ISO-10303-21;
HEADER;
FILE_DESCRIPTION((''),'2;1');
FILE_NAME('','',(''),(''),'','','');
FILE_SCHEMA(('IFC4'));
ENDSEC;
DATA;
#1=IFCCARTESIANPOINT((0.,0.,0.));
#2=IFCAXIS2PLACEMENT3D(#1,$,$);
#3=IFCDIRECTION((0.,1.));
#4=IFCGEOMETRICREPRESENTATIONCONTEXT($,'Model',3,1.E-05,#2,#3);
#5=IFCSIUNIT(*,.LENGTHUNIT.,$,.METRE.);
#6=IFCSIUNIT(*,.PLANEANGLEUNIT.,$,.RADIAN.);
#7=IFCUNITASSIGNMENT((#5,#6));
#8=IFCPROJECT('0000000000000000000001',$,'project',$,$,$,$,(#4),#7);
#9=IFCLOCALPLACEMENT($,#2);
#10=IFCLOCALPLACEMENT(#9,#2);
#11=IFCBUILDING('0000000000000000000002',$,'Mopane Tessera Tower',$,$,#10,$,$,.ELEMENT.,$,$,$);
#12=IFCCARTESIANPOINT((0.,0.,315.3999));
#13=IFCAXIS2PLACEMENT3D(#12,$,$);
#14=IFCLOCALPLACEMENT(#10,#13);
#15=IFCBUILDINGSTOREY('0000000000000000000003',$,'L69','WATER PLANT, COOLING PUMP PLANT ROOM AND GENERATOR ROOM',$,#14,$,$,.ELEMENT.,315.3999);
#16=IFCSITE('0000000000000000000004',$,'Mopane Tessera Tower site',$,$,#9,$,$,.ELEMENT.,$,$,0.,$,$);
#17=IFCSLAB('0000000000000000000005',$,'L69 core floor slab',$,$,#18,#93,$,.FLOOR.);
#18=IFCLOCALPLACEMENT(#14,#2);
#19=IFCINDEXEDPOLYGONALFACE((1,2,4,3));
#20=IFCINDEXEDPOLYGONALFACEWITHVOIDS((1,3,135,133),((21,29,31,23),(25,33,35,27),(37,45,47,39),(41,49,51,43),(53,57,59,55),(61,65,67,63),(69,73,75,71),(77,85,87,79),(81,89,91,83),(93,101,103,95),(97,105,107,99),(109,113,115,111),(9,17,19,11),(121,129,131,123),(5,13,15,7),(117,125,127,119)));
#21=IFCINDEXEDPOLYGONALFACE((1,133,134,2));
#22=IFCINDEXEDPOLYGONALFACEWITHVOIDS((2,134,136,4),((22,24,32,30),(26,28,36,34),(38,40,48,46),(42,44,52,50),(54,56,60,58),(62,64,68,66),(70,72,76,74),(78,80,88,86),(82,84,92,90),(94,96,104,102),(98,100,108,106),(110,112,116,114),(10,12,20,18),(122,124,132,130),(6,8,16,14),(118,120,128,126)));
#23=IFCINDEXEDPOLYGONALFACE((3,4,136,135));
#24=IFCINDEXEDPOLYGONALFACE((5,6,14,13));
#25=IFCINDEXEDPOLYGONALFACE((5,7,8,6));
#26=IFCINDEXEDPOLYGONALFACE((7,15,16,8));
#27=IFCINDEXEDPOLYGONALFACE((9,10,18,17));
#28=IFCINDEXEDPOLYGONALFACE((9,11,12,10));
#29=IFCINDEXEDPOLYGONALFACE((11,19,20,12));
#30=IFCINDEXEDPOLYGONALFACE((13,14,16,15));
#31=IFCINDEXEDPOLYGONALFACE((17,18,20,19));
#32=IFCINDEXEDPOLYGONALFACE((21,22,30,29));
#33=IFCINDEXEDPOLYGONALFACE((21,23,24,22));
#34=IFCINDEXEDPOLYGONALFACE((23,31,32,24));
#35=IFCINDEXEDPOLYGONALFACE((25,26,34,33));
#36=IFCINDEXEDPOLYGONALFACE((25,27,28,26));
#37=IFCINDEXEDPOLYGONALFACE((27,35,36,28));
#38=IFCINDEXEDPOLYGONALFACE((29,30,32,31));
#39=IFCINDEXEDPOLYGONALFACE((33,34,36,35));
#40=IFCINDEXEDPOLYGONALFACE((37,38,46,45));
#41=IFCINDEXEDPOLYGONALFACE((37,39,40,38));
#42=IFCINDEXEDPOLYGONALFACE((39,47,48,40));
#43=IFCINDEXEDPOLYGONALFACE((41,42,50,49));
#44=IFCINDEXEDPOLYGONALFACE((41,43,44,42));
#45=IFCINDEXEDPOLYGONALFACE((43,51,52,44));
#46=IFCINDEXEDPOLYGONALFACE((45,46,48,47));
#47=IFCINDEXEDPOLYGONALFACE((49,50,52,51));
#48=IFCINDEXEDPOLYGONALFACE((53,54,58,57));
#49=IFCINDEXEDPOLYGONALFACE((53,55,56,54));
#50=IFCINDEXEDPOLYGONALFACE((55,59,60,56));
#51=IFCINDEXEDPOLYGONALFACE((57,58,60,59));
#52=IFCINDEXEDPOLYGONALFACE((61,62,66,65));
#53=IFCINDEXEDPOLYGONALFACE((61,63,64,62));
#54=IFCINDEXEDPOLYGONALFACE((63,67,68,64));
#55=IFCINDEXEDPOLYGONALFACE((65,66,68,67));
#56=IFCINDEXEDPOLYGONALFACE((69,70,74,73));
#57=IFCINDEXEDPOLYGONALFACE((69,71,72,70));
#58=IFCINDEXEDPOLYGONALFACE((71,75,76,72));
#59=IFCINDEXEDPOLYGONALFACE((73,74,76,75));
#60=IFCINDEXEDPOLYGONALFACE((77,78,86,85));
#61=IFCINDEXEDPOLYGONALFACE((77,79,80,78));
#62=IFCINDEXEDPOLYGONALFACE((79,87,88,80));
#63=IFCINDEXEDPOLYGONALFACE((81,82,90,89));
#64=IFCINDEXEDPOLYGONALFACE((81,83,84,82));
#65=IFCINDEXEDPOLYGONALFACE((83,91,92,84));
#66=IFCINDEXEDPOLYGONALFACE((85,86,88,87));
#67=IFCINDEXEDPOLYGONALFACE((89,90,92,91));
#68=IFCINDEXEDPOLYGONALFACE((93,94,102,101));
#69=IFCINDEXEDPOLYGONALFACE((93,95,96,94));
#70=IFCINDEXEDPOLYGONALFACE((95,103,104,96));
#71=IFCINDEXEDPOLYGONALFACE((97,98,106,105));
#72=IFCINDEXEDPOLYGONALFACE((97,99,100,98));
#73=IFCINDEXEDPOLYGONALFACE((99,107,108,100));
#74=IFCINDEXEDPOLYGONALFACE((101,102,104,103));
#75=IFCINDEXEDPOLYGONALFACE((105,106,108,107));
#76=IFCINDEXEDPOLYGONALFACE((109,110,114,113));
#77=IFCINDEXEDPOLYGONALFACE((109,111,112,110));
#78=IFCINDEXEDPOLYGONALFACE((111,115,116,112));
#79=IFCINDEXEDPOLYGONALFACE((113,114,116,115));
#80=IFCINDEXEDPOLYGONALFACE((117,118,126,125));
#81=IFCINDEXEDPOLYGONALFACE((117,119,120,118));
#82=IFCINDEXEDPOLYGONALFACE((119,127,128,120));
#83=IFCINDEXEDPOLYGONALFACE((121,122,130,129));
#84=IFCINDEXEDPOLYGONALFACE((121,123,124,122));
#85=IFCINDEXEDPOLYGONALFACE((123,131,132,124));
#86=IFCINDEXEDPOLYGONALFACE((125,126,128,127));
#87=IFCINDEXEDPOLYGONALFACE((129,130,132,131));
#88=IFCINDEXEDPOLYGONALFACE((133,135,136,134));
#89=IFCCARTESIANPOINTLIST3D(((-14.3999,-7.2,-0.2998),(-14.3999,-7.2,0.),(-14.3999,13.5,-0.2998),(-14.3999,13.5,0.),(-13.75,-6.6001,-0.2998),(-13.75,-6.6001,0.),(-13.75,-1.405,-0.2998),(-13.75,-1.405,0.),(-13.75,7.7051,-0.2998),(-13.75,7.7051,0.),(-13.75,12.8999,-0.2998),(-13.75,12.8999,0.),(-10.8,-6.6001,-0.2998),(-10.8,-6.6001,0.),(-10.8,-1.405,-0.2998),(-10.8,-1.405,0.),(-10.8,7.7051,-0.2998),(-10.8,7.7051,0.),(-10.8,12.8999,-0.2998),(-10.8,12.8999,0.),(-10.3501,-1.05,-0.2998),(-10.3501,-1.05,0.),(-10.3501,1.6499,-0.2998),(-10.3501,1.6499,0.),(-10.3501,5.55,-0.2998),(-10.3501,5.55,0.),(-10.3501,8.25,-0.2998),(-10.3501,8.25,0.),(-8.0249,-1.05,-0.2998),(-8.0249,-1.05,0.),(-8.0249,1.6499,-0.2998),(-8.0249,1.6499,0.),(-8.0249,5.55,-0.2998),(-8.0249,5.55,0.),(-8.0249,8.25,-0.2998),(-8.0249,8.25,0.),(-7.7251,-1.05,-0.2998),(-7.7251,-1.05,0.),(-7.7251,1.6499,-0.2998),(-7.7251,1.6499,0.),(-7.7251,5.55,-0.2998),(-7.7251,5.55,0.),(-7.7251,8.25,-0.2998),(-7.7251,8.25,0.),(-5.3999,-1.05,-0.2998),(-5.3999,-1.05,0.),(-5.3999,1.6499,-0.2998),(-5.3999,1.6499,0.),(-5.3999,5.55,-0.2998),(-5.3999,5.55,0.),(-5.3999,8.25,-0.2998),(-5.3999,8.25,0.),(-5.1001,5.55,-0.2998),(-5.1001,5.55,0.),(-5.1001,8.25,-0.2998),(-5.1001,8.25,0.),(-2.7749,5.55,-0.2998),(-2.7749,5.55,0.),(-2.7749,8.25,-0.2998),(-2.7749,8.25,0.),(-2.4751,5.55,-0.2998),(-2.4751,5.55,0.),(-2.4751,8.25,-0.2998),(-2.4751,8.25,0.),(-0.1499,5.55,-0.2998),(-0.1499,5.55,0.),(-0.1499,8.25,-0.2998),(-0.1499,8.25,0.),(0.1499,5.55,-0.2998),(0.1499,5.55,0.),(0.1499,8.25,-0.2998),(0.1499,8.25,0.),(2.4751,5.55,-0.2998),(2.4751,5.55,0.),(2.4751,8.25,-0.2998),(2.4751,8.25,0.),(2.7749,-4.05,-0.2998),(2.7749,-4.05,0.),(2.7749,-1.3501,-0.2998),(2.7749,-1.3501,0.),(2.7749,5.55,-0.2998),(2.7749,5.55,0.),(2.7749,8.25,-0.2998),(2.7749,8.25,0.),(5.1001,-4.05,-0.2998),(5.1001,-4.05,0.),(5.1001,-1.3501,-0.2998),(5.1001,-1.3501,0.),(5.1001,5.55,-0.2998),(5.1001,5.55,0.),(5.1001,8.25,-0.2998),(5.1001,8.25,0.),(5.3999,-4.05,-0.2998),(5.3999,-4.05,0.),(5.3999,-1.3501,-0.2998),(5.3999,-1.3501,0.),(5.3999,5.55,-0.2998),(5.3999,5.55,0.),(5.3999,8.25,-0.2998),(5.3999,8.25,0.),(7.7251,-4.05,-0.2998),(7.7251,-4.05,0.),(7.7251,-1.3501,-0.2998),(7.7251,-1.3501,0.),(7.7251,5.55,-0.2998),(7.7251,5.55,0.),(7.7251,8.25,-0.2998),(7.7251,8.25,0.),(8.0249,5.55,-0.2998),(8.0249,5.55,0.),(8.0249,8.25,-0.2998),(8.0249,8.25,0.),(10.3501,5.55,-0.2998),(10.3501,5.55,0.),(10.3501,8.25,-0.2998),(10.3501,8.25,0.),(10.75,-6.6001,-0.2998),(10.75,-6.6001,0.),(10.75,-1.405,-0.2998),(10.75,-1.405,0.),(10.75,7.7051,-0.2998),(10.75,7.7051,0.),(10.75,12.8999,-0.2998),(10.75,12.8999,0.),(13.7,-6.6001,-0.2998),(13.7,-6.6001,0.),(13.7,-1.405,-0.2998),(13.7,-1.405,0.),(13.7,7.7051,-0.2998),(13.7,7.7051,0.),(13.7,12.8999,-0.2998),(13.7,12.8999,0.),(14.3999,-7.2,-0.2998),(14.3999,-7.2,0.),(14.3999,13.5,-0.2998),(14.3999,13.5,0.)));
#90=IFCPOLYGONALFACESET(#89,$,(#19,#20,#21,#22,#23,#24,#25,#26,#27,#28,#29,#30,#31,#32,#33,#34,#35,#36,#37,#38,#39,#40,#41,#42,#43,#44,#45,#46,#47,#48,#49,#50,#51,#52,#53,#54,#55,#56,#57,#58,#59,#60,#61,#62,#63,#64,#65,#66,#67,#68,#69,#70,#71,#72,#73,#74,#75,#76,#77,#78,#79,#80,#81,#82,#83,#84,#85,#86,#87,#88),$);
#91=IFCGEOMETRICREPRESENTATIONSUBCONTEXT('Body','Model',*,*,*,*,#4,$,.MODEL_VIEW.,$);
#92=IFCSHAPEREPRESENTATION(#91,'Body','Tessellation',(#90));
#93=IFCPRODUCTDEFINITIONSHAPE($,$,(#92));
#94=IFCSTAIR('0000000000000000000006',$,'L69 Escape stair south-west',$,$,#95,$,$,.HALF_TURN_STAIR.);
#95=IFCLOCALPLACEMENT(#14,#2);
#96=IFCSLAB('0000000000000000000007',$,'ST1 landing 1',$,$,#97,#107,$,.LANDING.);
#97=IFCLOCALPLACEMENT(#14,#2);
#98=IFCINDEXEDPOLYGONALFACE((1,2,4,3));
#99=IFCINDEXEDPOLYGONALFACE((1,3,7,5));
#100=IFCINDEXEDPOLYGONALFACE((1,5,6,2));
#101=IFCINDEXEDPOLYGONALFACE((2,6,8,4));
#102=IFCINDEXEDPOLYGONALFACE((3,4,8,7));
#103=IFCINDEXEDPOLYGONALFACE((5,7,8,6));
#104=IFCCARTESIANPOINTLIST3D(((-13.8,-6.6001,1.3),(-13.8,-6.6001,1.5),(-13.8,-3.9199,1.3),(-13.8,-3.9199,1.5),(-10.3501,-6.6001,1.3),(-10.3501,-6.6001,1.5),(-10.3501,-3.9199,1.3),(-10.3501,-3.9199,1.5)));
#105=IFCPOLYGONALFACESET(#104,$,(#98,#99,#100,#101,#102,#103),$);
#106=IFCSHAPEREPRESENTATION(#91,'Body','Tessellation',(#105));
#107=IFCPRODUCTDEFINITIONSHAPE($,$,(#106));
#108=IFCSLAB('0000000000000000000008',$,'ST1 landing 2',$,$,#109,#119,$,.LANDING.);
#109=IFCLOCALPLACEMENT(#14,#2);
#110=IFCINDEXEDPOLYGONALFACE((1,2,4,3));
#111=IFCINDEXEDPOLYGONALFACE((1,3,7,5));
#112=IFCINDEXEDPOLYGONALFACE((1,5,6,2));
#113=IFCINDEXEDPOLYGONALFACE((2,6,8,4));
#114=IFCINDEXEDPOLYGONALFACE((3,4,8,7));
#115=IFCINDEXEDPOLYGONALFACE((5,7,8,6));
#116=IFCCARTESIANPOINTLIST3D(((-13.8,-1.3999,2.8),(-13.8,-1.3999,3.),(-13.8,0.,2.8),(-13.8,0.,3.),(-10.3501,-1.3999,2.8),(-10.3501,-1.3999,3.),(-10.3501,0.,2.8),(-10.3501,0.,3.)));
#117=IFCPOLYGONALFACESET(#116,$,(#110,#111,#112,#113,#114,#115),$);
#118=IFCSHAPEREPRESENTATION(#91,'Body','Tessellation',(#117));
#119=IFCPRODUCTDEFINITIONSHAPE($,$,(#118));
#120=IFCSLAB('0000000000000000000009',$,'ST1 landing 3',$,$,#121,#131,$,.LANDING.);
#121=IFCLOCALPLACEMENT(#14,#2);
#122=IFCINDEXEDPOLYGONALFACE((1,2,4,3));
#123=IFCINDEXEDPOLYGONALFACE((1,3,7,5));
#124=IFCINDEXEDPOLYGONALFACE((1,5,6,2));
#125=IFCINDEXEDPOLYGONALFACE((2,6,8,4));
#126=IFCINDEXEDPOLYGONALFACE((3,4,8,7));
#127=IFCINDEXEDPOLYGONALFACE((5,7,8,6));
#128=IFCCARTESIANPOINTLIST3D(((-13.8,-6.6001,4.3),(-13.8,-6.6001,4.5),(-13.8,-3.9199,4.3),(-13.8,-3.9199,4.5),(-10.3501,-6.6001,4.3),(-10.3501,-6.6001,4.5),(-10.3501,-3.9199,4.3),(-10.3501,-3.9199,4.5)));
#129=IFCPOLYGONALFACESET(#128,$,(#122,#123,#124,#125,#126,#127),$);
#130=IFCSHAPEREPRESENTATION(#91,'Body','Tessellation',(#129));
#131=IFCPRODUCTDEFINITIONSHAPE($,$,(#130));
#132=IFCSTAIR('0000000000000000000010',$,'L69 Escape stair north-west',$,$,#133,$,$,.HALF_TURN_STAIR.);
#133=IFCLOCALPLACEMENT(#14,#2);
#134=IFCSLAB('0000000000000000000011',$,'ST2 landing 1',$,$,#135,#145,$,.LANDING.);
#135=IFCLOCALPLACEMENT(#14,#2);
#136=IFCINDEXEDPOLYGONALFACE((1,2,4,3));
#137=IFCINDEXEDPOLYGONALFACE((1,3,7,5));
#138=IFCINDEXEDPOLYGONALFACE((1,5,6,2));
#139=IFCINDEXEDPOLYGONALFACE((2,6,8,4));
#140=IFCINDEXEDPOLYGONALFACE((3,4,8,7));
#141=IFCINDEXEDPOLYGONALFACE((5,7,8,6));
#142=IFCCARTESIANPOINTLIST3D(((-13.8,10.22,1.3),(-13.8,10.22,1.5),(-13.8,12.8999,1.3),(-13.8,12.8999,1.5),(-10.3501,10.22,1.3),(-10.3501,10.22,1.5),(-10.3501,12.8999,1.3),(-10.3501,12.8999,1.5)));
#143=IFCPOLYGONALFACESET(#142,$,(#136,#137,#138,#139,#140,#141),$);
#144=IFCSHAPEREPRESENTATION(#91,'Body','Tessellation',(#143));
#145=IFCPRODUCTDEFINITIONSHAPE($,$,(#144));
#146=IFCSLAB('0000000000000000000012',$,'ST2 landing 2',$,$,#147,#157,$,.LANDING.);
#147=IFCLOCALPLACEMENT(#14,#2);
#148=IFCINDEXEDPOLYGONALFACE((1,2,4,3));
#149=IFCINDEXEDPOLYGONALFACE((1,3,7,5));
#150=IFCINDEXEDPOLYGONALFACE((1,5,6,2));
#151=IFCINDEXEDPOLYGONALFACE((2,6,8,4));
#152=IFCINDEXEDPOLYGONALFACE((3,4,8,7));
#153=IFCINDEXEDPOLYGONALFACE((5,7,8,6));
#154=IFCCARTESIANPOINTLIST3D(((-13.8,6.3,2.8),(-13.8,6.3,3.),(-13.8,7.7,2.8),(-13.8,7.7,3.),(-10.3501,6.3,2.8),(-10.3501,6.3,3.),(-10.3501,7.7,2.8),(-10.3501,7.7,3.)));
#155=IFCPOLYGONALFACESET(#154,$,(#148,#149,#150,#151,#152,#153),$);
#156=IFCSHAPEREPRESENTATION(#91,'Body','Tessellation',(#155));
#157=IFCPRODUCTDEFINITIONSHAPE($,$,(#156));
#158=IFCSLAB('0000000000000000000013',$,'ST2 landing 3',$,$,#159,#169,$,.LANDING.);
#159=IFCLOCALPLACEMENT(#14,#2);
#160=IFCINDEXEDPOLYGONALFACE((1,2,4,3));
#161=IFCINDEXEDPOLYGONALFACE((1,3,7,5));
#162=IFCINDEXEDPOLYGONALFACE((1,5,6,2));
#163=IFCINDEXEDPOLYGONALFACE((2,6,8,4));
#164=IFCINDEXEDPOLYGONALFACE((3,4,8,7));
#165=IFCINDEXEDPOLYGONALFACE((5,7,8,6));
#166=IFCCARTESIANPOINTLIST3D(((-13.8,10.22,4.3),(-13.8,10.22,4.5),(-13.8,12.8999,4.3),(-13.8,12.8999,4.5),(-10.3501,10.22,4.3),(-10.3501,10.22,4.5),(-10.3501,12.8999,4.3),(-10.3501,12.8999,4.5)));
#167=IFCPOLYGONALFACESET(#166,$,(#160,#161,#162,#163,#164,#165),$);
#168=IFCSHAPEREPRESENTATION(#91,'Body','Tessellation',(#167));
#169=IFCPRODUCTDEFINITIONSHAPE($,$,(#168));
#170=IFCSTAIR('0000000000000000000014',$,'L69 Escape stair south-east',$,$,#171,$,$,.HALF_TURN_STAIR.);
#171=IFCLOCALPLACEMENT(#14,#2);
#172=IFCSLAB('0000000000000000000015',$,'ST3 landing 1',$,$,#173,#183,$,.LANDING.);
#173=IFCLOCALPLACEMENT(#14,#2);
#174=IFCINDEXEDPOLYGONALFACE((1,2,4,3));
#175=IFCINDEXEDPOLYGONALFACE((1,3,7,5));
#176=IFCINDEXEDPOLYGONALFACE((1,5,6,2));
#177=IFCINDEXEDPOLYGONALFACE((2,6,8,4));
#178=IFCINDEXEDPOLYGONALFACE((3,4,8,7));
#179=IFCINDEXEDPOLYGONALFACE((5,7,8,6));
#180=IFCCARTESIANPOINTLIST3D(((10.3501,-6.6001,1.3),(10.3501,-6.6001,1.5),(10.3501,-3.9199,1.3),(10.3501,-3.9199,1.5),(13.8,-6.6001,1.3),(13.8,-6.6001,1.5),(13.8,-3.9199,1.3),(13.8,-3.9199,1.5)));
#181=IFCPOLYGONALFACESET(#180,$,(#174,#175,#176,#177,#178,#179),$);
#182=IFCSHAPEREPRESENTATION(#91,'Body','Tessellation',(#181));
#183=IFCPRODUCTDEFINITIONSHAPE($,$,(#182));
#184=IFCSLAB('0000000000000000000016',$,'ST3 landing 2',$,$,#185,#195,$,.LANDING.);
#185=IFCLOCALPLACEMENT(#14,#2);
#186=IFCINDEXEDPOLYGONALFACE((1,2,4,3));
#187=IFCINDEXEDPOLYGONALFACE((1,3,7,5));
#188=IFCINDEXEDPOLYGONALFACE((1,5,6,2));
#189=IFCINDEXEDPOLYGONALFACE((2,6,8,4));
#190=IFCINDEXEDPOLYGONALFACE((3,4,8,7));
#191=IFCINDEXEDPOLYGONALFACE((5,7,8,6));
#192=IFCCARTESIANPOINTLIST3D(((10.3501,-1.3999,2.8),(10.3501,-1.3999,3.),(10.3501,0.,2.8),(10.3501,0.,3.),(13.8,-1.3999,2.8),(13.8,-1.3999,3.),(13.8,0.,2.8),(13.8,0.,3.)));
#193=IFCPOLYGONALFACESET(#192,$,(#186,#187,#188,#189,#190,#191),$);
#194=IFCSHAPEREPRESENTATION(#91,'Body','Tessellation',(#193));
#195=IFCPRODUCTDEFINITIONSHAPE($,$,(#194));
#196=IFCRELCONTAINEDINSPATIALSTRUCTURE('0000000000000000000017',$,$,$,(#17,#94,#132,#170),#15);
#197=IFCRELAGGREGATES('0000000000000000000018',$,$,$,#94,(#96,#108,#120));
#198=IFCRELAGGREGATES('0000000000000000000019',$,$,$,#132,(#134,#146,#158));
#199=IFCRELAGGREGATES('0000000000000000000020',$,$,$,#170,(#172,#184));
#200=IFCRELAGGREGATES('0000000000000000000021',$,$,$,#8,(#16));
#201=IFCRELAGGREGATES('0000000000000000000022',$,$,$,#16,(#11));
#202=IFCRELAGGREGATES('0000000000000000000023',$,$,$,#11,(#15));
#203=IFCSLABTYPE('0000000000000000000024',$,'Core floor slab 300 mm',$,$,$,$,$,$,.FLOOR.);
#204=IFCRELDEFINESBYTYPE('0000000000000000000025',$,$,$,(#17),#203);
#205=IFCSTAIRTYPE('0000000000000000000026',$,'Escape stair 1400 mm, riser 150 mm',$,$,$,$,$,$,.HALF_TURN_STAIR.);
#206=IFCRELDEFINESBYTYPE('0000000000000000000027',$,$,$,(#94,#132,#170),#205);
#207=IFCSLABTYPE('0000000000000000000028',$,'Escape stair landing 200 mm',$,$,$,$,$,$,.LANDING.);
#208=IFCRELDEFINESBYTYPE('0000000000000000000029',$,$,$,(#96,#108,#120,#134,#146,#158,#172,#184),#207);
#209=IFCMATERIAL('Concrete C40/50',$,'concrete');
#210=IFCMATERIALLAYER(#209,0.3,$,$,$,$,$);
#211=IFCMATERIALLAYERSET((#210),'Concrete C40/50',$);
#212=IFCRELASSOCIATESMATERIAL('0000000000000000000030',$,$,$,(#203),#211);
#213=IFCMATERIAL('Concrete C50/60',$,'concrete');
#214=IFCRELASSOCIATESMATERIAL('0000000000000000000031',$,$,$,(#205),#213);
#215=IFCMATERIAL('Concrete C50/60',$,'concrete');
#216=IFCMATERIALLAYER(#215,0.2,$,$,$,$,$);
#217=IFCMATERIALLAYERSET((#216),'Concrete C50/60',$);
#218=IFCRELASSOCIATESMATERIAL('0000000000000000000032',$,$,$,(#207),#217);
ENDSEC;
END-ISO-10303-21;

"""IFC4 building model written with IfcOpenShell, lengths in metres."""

from ifc_helpers import new_model, si_unit, direction, frame, origin, place, context, subcontext, project, spatial, polyline, outline, extrude, material, layer, layer_set, type_object, element, aggregate, save


model = new_model("IFC4")

# Units and contexts
model_context = context("Model", 3, precision=1e-05, world=origin(), true_north=direction((0.0, 1.0)))
body_context = subcontext(model_context, "Body", "Model", "MODEL_VIEW")
ifc_project = project(units=[si_unit("LENGTHUNIT", "METRE"), si_unit("PLANEANGLEUNIT", "RADIAN")], contexts=[model_context])

# Site, building, storey
site_placement = place(None, origin())
site = spatial("IfcSite", under=ifc_project, at=site_placement, Name="Mopane Tessera Tower site", CompositionType="ELEMENT", RefElevation=0.0)
building_placement = place(site_placement, origin())
building = spatial("IfcBuilding", under=site, at=building_placement, Name="Mopane Tessera Tower", CompositionType="ELEMENT")
storey_placement = place(building_placement, frame((0.0, 0.0, 315.3999)))
storey = spatial("IfcBuildingStorey", under=building, at=storey_placement, Name="L69", Description="WATER PLANT, COOLING PUMP PLANT ROOM AND GENERATOR ROOM", CompositionType="ELEMENT", Elevation=315.3999)

# Slab
ifc_material_1 = material(Name="Concrete C40/50", Category="concrete")
ifc_layer_1 = layer(ifc_material_1, 0.3)
ifc_layer_set_1 = layer_set([ifc_layer_1], Name="Concrete C40/50")
slab_type_1 = type_object("IfcSlabType", Name="Core floor slab 300 mm", PredefinedType="FLOOR", material=ifc_layer_set_1)
slab_1_placement = place(storey_placement, frame((0.0, 0.0, -0.2998)))
element("IfcSlab", 1, at=slab_1_placement, inside=storey, type_object=slab_type_1, Name="L69 core floor slab", PredefinedType="FLOOR", context=body_context, shape_type="SweptSolid", body=[
    extrude(outline(polyline([(-14.3999, -7.2), (14.3999, -7.2), (14.3999, 13.5), (-14.3999, 13.5), (-14.3999, -7.2)]), holes=[polyline([(-10.3501, -1.05), (-8.0249, -1.05), (-8.0249, 1.6499), (-10.3501, 1.6499), (-10.3501, -1.05)]), polyline([(-7.7251, -1.05), (-5.3999, -1.05), (-5.3999, 1.6499), (-7.7251, 1.6499), (-7.7251, -1.05)]), polyline([(-10.3501, 5.55), (-8.0249, 5.55), (-8.0249, 8.25), (-10.3501, 8.25), (-10.3501, 5.55)]), polyline([(-7.7251, 5.55), (-5.3999, 5.55), (-5.3999, 8.25), (-7.7251, 8.25), (-7.7251, 5.55)]), polyline([(-5.1001, 5.55), (-2.7749, 5.55), (-2.7749, 8.25), (-5.1001, 8.25), (-5.1001, 5.55)]), polyline([(-2.4751, 5.55), (-0.1499, 5.55), (-0.1499, 8.25), (-2.4751, 8.25), (-2.4751, 5.55)]), polyline([(0.1499, 5.55), (2.4751, 5.55), (2.4751, 8.25), (0.1499, 8.25), (0.1499, 5.55)]), polyline([(2.7749, 5.55), (5.1001, 5.55), (5.1001, 8.25), (2.7749, 8.25), (2.7749, 5.55)]), polyline([(5.3999, 5.55), (7.7251, 5.55), (7.7251, 8.25), (5.3999, 8.25), (5.3999, 5.55)]), polyline([(8.0249, 5.55), (10.3501, 5.55), (10.3501, 8.25), (8.0249, 8.25), (8.0249, 5.55)]), polyline([(2.7749, -4.05), (5.1001, -4.05), (5.1001, -1.3501), (2.7749, -1.3501), (2.7749, -4.05)]), polyline([(5.3999, -4.05), (7.7251, -4.05), (7.7251, -1.3501), (5.3999, -1.3501), (5.3999, -4.05)]), polyline([(-13.75, -1.405), (-13.75, -6.6001), (-10.8, -6.6001), (-10.8, -1.405), (-13.75, -1.405)]), polyline([(-10.8, 7.7051), (-10.8, 12.8999), (-13.75, 12.8999), (-13.75, 7.7051), (-10.8, 7.7051)]), polyline([(10.75, -1.405), (10.75, -6.6001), (13.7, -6.6001), (13.7, -1.405), (10.75, -1.405)]), polyline([(13.7, 7.7051), (13.7, 12.8999), (10.75, 12.8999), (10.75, 7.7051), (13.7, 7.7051)])]), origin(), (0.0, 0.0, 1.0), 0.2998),
])

# Stairs, slabs
ifc_material_2 = material(Name="Concrete C50/60", Category="concrete")
stair_type = type_object("IfcStairType", Name="Escape stair 1400 mm, riser 150 mm", PredefinedType="HALF_TURN_STAIR", material=ifc_material_2)
stair_1_placement = place(storey_placement, origin())
stair_1 = element("IfcStair", 2, at=stair_1_placement, inside=storey, type_object=stair_type, Name="L69 Escape stair south-west", PredefinedType="HALF_TURN_STAIR")
ifc_material_3 = material(Name="Concrete C50/60", Category="concrete")
ifc_layer_2 = layer(ifc_material_3, 0.2)
ifc_layer_set_2 = layer_set([ifc_layer_2], Name="Concrete C50/60")
slab_type_2 = type_object("IfcSlabType", Name="Escape stair landing 200 mm", PredefinedType="LANDING", material=ifc_layer_set_2)
slab_2_placement = place(storey_placement, frame((0.0, 0.0, 1.3)))
slab_2 = element("IfcSlab", 3, at=slab_2_placement, type_object=slab_type_2, Name="ST1 landing 1", PredefinedType="LANDING", context=body_context, shape_type="SweptSolid", body=[
    extrude(outline(polyline([(-13.8, -3.9199), (-13.8, -6.6001), (-10.3501, -6.6001), (-10.3501, -3.9199), (-13.8, -3.9199)])), origin(), (0.0, 0.0, 1.0), 0.2),
])
slab_3_placement = place(storey_placement, frame((0.0, 0.0, 2.8)))
slab_3 = element("IfcSlab", 4, at=slab_3_placement, type_object=slab_type_2, Name="ST1 landing 2", PredefinedType="LANDING", context=body_context, shape_type="SweptSolid", body=[
    extrude(outline(polyline([(-13.8, 0.0), (-13.8, -1.3999), (-10.3501, -1.3999), (-10.3501, 0.0), (-13.8, 0.0)])), origin(), (0.0, 0.0, 1.0), 0.2),
])
slab_4_placement = place(storey_placement, frame((0.0, 0.0, 4.3)))
slab_4 = element("IfcSlab", 5, at=slab_4_placement, type_object=slab_type_2, Name="ST1 landing 3", PredefinedType="LANDING", context=body_context, shape_type="SweptSolid", body=[
    extrude(outline(polyline([(-13.8, -3.9199), (-13.8, -6.6001), (-10.3501, -6.6001), (-10.3501, -3.9199), (-13.8, -3.9199)])), origin(), (0.0, 0.0, 1.0), 0.2),
])
aggregate(stair_1, [slab_2, slab_3, slab_4])
stair_2_placement = place(storey_placement, origin())
stair_2 = element("IfcStair", 6, at=stair_2_placement, inside=storey, type_object=stair_type, Name="L69 Escape stair north-west", PredefinedType="HALF_TURN_STAIR")
slab_5_placement = place(storey_placement, frame((0.0, 0.0, 1.3)))
slab_5 = element("IfcSlab", 7, at=slab_5_placement, type_object=slab_type_2, Name="ST2 landing 1", PredefinedType="LANDING", context=body_context, shape_type="SweptSolid", body=[
    extrude(outline(polyline([(-10.3501, 10.22), (-10.3501, 12.8999), (-13.8, 12.8999), (-13.8, 10.22), (-10.3501, 10.22)])), origin(), (0.0, 0.0, 1.0), 0.2),
])
slab_6_placement = place(storey_placement, frame((0.0, 0.0, 2.8)))
slab_6 = element("IfcSlab", 8, at=slab_6_placement, type_object=slab_type_2, Name="ST2 landing 2", PredefinedType="LANDING", context=body_context, shape_type="SweptSolid", body=[
    extrude(outline(polyline([(-10.3501, 6.3), (-10.3501, 7.7), (-13.8, 7.7), (-13.8, 6.3), (-10.3501, 6.3)])), origin(), (0.0, 0.0, 1.0), 0.2),
])
slab_7_placement = place(storey_placement, frame((0.0, 0.0, 4.3)))
slab_7 = element("IfcSlab", 9, at=slab_7_placement, type_object=slab_type_2, Name="ST2 landing 3", PredefinedType="LANDING", context=body_context, shape_type="SweptSolid", body=[
    extrude(outline(polyline([(-10.3501, 10.22), (-10.3501, 12.8999), (-13.8, 12.8999), (-13.8, 10.22), (-10.3501, 10.22)])), origin(), (0.0, 0.0, 1.0), 0.2),
])
aggregate(stair_2, [slab_5, slab_6, slab_7])
stair_3_placement = place(storey_placement, origin())
stair_3 = element("IfcStair", 10, at=stair_3_placement, inside=storey, type_object=stair_type, Name="L69 Escape stair south-east", PredefinedType="HALF_TURN_STAIR")
slab_8_placement = place(storey_placement, frame((0.0, 0.0, 1.3)))
slab_8 = element("IfcSlab", 11, at=slab_8_placement, type_object=slab_type_2, Name="ST3 landing 1", PredefinedType="LANDING", context=body_context, shape_type="SweptSolid", body=[
    extrude(outline(polyline([(10.3501, -3.9199), (10.3501, -6.6001), (13.8, -6.6001), (13.8, -3.9199), (10.3501, -3.9199)])), origin(), (0.0, 0.0, 1.0), 0.2),
])
slab_9_placement = place(storey_placement, frame((0.0, 0.0, 2.8)))
slab_9 = element("IfcSlab", 12, at=slab_9_placement, type_object=slab_type_2, Name="ST3 landing 2", PredefinedType="LANDING", context=body_context, shape_type="SweptSolid", body=[
    extrude(outline(polyline([(10.3501, 0.0), (10.3501, -1.3999), (13.8, -1.3999), (13.8, 0.0), (10.3501, 0.0)])), origin(), (0.0, 0.0, 1.0), 0.2),
])
aggregate(stair_3, [slab_8, slab_9])

save(model, "model.ifc")
